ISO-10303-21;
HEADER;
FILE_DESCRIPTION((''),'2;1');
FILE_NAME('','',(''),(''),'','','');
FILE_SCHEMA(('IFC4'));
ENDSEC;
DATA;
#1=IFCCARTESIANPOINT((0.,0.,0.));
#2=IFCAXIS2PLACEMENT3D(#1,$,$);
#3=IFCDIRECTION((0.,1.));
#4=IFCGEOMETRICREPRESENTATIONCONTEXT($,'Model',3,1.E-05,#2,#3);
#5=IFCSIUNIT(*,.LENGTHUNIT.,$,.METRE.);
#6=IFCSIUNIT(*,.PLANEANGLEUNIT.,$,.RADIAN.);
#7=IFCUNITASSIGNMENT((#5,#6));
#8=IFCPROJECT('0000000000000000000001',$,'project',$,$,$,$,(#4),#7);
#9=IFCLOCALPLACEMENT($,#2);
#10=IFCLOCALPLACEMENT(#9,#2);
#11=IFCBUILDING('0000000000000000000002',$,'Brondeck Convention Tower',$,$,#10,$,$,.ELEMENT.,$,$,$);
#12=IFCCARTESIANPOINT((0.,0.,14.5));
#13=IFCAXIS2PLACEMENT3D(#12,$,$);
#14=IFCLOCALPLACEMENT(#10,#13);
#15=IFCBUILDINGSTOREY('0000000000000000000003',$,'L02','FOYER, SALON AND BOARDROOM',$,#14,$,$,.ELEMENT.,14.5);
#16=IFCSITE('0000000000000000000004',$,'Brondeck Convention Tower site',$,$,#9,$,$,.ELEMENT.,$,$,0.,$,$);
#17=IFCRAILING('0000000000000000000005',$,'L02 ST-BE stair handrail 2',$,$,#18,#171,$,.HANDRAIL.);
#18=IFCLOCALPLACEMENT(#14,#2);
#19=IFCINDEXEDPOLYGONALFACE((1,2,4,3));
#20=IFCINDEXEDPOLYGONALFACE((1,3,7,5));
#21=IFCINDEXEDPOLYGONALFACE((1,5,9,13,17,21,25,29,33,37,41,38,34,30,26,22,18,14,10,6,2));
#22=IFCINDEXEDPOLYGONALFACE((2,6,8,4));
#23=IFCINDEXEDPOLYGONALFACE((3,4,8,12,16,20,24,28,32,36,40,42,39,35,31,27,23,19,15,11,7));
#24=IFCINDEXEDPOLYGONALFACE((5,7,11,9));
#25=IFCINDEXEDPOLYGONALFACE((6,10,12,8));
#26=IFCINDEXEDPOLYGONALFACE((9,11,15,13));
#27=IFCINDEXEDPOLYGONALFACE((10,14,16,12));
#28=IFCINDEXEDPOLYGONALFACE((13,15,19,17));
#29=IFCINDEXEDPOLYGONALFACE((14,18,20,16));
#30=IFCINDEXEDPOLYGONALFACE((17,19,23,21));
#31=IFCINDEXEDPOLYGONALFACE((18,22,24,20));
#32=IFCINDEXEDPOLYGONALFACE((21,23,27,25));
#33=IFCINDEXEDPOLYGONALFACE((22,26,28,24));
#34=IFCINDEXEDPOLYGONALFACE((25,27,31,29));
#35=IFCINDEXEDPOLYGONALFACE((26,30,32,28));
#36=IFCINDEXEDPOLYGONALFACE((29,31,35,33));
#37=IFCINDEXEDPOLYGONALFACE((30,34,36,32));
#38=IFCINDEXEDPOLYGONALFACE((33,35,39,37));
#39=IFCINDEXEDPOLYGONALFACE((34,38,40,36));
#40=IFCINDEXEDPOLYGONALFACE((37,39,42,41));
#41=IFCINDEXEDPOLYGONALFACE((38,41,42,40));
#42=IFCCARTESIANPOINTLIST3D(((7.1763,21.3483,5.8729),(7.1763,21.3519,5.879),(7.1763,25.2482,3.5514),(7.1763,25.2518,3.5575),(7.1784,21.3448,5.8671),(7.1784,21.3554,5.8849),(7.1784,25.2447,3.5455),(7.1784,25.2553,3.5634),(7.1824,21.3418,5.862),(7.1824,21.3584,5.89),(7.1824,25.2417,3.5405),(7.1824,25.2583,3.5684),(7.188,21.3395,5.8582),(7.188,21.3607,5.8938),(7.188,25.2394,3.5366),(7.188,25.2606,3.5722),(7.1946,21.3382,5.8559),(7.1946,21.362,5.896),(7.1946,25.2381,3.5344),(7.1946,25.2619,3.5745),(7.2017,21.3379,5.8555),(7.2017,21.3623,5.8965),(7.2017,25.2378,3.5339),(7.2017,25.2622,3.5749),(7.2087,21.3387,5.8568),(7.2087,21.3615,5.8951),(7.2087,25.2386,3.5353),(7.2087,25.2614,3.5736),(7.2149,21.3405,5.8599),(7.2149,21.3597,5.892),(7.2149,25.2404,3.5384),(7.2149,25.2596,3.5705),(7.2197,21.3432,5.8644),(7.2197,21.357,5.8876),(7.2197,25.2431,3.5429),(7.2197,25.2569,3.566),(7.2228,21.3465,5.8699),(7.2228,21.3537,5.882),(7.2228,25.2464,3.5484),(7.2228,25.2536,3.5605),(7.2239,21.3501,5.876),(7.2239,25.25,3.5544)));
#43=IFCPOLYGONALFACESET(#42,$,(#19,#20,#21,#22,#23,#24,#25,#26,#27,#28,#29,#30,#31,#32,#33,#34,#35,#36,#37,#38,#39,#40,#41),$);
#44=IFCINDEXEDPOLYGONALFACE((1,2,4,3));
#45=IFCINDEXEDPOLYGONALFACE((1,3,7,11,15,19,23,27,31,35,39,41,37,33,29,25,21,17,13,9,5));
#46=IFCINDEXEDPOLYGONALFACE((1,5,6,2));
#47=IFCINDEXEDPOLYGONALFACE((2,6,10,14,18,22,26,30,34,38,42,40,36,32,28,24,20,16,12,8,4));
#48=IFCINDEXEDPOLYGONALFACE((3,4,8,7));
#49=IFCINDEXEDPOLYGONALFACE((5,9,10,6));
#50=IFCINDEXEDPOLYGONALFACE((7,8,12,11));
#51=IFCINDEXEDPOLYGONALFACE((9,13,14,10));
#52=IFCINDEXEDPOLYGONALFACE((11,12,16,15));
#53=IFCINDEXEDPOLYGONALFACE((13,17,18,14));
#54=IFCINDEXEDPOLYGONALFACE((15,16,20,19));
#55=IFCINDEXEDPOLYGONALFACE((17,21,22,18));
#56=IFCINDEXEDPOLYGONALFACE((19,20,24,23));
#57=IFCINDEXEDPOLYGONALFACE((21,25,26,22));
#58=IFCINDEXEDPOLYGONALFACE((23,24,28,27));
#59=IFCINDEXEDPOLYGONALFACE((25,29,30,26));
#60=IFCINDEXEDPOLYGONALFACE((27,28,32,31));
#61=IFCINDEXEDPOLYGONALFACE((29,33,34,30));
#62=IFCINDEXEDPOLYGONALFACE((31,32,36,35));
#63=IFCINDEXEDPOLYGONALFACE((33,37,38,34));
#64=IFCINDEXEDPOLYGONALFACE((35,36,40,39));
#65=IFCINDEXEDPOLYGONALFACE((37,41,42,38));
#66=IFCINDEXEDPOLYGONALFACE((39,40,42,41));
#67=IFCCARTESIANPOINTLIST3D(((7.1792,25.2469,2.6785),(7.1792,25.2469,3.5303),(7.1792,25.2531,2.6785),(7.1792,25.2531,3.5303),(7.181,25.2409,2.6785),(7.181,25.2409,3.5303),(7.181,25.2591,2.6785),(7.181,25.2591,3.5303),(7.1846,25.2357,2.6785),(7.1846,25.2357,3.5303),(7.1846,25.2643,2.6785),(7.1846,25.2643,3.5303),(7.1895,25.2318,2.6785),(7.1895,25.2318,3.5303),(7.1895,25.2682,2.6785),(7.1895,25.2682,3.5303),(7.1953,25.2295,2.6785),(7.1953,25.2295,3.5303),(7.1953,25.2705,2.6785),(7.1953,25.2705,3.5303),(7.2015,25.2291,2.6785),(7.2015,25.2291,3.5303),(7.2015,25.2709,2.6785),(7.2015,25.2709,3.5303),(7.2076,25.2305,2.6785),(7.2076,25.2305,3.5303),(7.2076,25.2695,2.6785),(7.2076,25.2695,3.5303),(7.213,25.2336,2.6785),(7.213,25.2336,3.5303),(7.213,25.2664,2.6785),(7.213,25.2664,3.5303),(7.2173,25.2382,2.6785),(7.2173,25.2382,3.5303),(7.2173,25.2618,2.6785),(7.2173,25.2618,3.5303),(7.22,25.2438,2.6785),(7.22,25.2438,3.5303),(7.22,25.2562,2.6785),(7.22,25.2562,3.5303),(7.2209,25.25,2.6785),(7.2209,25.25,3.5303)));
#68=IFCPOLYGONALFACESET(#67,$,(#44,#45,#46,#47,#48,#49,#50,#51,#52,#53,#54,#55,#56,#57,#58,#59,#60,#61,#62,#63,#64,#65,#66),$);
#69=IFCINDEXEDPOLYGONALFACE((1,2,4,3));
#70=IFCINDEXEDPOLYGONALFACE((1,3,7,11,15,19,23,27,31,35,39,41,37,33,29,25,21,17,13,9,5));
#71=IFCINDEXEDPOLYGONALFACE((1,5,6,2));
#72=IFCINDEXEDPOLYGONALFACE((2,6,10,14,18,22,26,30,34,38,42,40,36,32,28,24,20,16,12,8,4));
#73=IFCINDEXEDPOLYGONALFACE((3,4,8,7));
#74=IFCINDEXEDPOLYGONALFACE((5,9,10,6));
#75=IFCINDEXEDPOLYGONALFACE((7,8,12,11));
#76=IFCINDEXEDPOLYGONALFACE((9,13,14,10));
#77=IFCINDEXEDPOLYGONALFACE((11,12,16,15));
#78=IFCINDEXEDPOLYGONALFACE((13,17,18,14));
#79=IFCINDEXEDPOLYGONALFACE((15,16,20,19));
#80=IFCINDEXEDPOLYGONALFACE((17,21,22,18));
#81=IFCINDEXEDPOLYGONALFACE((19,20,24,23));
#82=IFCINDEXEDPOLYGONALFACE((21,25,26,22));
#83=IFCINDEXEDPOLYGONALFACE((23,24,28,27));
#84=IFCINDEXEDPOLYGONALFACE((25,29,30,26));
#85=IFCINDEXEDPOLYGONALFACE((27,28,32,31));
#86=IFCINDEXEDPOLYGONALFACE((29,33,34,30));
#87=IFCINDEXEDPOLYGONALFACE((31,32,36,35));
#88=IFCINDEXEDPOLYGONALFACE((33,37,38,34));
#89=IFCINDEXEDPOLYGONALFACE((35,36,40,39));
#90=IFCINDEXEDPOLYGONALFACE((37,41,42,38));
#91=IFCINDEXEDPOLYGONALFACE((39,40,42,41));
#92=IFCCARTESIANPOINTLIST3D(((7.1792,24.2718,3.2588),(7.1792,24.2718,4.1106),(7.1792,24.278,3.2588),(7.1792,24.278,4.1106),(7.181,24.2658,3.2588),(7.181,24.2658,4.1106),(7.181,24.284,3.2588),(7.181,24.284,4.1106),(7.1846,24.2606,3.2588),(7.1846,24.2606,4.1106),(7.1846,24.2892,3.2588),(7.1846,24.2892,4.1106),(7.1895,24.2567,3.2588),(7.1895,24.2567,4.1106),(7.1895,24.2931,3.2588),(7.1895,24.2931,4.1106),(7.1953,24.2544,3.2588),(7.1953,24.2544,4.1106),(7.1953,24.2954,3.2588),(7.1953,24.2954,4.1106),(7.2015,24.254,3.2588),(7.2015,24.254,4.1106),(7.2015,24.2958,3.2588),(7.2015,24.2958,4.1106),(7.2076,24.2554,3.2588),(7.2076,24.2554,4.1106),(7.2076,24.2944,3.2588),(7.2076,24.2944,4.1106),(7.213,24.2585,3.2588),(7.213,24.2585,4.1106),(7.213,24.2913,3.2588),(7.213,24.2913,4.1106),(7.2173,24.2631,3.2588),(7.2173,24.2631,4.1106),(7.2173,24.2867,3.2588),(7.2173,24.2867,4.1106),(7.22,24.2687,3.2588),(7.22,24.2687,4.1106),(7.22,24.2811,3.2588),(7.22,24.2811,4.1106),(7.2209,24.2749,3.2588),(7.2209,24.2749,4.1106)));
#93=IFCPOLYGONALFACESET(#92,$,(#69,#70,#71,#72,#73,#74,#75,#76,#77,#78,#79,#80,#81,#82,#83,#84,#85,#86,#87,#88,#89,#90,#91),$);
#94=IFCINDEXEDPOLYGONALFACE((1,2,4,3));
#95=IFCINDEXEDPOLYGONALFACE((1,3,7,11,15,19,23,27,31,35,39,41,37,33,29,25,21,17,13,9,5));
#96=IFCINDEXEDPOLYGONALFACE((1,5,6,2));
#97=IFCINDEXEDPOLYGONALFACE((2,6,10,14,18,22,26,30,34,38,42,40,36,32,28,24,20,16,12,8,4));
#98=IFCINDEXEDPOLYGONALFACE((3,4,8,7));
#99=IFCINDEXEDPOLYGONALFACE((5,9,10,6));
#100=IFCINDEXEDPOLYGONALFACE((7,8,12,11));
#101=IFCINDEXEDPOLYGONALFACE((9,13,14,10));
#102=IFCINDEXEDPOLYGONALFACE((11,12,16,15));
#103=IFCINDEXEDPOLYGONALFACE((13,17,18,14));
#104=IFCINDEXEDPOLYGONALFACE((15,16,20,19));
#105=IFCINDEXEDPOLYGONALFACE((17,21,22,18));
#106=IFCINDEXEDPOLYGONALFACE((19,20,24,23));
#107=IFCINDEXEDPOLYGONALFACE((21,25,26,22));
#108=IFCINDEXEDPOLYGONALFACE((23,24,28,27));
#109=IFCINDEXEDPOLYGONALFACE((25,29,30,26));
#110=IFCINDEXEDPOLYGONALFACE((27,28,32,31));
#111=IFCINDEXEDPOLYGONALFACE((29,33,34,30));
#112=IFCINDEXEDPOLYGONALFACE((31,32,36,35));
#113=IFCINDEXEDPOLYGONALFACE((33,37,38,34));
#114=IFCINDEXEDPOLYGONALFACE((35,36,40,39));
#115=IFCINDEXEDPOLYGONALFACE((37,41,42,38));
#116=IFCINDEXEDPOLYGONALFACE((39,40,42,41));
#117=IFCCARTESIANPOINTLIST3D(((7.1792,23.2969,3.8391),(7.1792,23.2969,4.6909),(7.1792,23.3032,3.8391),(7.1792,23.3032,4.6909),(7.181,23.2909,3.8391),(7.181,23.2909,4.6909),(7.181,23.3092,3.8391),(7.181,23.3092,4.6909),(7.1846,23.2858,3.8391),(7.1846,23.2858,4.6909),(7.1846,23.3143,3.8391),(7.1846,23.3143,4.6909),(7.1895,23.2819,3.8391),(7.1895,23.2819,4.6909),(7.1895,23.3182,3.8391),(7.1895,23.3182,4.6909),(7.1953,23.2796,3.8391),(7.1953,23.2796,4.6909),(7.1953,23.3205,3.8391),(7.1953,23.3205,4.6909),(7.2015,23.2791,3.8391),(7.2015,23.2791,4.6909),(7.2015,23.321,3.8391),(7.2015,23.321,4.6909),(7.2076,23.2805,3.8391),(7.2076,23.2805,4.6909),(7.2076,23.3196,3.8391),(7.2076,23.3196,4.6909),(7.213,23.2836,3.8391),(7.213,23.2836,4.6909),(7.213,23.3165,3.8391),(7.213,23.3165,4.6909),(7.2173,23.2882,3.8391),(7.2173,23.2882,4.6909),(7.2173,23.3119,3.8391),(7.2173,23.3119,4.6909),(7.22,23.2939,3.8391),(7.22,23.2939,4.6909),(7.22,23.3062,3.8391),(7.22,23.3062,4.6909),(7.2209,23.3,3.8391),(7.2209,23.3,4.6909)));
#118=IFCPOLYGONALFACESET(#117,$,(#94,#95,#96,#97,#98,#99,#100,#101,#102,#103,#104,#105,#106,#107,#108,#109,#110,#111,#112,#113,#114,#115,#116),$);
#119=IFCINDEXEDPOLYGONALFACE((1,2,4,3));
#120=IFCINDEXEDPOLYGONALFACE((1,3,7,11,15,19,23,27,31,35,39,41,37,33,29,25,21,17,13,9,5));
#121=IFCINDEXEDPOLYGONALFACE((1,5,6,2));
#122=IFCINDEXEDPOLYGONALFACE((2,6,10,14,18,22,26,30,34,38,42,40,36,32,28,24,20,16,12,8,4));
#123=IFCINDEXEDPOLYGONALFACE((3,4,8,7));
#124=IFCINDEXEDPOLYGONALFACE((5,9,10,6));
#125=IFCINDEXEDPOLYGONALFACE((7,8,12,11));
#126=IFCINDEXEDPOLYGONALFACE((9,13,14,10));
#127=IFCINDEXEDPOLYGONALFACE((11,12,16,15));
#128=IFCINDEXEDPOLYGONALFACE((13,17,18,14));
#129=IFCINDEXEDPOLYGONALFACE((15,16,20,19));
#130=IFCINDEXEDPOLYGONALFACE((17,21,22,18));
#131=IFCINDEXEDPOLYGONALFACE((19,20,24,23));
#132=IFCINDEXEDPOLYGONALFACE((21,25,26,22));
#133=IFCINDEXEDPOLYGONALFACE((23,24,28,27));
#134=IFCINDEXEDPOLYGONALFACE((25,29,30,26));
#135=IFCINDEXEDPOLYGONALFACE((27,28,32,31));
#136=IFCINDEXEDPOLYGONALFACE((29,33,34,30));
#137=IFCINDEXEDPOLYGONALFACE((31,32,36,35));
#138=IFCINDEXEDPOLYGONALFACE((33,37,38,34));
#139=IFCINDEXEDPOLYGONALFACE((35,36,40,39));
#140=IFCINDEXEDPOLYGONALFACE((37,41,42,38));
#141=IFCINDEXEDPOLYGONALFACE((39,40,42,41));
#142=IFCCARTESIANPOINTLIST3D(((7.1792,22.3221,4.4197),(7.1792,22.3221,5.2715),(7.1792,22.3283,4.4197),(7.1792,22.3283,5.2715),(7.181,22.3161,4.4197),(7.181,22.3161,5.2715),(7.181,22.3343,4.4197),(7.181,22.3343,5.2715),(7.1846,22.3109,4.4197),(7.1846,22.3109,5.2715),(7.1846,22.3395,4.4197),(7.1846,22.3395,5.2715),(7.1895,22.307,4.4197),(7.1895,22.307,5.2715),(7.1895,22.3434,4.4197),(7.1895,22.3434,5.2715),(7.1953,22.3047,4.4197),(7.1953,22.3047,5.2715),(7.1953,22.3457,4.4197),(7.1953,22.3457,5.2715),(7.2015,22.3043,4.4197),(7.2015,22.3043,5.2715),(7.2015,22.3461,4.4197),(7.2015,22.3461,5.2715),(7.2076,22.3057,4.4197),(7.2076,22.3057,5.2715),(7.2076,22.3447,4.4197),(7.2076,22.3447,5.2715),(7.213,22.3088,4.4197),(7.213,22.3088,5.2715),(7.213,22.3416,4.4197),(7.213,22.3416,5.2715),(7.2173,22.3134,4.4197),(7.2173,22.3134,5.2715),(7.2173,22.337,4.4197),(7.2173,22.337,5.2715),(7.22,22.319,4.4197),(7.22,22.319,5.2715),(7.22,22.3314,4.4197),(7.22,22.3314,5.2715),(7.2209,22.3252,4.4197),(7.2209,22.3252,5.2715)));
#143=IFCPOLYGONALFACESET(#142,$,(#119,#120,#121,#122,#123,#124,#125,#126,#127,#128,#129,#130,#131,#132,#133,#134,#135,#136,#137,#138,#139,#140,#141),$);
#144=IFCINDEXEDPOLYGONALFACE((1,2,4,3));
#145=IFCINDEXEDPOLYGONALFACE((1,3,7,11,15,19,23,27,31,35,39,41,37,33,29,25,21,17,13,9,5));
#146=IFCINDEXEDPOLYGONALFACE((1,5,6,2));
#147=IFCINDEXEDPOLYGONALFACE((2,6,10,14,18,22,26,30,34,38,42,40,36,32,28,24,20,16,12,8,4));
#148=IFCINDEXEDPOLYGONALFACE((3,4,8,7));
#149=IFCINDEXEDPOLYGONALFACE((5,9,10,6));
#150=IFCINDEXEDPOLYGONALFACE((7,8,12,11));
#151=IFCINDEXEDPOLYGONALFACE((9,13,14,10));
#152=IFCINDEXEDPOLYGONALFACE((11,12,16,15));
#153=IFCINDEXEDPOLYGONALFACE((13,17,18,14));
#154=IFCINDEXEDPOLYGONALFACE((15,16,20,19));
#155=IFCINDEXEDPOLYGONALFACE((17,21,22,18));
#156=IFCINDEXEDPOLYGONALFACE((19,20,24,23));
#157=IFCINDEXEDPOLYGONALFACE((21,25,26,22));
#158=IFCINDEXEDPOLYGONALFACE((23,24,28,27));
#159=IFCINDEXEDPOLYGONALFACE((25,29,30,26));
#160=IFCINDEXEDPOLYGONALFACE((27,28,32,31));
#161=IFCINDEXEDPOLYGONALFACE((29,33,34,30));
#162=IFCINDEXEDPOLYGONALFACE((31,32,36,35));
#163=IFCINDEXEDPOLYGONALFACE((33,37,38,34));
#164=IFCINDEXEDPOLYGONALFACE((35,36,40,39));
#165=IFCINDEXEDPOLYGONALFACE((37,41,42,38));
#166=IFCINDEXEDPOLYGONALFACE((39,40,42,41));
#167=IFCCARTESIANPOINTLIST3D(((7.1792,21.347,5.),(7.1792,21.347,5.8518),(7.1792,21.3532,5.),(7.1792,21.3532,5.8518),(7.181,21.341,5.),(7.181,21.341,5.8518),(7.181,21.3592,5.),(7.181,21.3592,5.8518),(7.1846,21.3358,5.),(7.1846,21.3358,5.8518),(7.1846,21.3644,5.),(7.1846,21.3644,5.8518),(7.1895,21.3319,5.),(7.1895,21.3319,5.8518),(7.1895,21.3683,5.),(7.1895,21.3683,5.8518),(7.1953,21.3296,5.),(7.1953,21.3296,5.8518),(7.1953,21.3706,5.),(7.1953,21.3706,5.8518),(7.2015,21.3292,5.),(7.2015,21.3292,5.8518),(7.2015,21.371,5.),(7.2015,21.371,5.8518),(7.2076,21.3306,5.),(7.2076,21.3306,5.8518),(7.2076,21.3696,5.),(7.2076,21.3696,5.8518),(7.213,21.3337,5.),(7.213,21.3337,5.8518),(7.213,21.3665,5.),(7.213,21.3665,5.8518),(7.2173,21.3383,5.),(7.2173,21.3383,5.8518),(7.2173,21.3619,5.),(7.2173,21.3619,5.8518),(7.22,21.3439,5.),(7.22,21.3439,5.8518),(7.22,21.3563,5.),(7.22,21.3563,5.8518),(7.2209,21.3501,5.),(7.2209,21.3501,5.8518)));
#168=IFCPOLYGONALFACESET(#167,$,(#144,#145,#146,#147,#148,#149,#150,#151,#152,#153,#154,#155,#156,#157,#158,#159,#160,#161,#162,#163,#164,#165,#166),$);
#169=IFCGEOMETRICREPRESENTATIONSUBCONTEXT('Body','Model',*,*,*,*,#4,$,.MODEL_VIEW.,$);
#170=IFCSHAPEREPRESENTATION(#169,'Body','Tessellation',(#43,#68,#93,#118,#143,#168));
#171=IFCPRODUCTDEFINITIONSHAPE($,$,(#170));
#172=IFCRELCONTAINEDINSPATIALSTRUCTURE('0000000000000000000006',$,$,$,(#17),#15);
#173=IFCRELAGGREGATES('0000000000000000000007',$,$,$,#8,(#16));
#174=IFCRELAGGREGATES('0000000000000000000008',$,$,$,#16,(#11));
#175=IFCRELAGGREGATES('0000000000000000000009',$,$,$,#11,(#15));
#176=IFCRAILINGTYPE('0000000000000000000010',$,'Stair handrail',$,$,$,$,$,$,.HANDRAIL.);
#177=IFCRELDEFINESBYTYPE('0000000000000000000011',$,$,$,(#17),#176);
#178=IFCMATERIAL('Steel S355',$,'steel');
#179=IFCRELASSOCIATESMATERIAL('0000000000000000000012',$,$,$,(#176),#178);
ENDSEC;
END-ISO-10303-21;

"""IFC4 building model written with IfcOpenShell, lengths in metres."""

from ifc_helpers import new_model, si_unit, direction, frame, origin, origin_2d, place, context, subcontext, project, spatial, circle, extrude, material, type_object, element, save


model = new_model("IFC4")

# Units and contexts
model_context = context("Model", 3, precision=1e-05, world=origin(), true_north=direction((0.0, 1.0)))
body_context = subcontext(model_context, "Body", "Model", "MODEL_VIEW")
ifc_project = project(units=[si_unit("LENGTHUNIT", "METRE"), si_unit("PLANEANGLEUNIT", "RADIAN")], contexts=[model_context])

# Site, building, storey
site_placement = place(None, origin())
site = spatial("IfcSite", under=ifc_project, at=site_placement, Name="Brondeck Convention Tower site", CompositionType="ELEMENT", RefElevation=0.0)
building_placement = place(site_placement, origin())
building = spatial("IfcBuilding", under=site, at=building_placement, Name="Brondeck Convention Tower", CompositionType="ELEMENT")
storey_placement = place(building_placement, frame((0.0, 0.0, 14.5)))
storey = spatial("IfcBuildingStorey", under=building, at=storey_placement, Name="L02", Description="FOYER, SALON AND BOARDROOM", CompositionType="ELEMENT", Elevation=14.5)

# Shared definitions
ifc_material_1 = material(Name="Steel S355", Category="steel")

# Railing
railing_type_1 = type_object("IfcRailingType", Name="Stair handrail", PredefinedType="HANDRAIL", material=ifc_material_1)
railing_1_placement = place(storey_placement, frame((7.2, 25.25, 2.6785)))
element("IfcRailing", 1, at=railing_1_placement, inside=storey, type_object=railing_type_1, Name="L02 ST-BE stair handrail 2", PredefinedType="HANDRAIL", context=body_context, shape_type="SweptSolid", body=[
    extrude(circle(Radius=0.0239, at=origin_2d()), frame((0.0, 0.0, 0.876), z_axis=(0.0, -0.859277, 0.51151), x_axis=(1.0, 0.0, 0.0)), (0.0, 0.0, 1.0), 4.5386),
    extrude(circle(Radius=0.021, at=origin_2d()), origin(), (0.0, 0.0, 1.0), 0.8518),
    extrude(circle(Radius=0.021, at=origin_2d()), frame((0.0, -0.9751, 0.5803)), (0.0, 0.0, 1.0), 0.8518),
    extrude(circle(Radius=0.021, at=origin_2d()), frame((0.0, -1.95, 1.1606)), (0.0, 0.0, 1.0), 0.8518),
    extrude(circle(Radius=0.021, at=origin_2d()), frame((0.0, -2.9248, 1.7412)), (0.0, 0.0, 1.0), 0.8518),
    extrude(circle(Radius=0.021, at=origin_2d()), frame((0.0, -3.8999, 2.3215)), (0.0, 0.0, 1.0), 0.8518),
])

save(model, "model.ifc")
